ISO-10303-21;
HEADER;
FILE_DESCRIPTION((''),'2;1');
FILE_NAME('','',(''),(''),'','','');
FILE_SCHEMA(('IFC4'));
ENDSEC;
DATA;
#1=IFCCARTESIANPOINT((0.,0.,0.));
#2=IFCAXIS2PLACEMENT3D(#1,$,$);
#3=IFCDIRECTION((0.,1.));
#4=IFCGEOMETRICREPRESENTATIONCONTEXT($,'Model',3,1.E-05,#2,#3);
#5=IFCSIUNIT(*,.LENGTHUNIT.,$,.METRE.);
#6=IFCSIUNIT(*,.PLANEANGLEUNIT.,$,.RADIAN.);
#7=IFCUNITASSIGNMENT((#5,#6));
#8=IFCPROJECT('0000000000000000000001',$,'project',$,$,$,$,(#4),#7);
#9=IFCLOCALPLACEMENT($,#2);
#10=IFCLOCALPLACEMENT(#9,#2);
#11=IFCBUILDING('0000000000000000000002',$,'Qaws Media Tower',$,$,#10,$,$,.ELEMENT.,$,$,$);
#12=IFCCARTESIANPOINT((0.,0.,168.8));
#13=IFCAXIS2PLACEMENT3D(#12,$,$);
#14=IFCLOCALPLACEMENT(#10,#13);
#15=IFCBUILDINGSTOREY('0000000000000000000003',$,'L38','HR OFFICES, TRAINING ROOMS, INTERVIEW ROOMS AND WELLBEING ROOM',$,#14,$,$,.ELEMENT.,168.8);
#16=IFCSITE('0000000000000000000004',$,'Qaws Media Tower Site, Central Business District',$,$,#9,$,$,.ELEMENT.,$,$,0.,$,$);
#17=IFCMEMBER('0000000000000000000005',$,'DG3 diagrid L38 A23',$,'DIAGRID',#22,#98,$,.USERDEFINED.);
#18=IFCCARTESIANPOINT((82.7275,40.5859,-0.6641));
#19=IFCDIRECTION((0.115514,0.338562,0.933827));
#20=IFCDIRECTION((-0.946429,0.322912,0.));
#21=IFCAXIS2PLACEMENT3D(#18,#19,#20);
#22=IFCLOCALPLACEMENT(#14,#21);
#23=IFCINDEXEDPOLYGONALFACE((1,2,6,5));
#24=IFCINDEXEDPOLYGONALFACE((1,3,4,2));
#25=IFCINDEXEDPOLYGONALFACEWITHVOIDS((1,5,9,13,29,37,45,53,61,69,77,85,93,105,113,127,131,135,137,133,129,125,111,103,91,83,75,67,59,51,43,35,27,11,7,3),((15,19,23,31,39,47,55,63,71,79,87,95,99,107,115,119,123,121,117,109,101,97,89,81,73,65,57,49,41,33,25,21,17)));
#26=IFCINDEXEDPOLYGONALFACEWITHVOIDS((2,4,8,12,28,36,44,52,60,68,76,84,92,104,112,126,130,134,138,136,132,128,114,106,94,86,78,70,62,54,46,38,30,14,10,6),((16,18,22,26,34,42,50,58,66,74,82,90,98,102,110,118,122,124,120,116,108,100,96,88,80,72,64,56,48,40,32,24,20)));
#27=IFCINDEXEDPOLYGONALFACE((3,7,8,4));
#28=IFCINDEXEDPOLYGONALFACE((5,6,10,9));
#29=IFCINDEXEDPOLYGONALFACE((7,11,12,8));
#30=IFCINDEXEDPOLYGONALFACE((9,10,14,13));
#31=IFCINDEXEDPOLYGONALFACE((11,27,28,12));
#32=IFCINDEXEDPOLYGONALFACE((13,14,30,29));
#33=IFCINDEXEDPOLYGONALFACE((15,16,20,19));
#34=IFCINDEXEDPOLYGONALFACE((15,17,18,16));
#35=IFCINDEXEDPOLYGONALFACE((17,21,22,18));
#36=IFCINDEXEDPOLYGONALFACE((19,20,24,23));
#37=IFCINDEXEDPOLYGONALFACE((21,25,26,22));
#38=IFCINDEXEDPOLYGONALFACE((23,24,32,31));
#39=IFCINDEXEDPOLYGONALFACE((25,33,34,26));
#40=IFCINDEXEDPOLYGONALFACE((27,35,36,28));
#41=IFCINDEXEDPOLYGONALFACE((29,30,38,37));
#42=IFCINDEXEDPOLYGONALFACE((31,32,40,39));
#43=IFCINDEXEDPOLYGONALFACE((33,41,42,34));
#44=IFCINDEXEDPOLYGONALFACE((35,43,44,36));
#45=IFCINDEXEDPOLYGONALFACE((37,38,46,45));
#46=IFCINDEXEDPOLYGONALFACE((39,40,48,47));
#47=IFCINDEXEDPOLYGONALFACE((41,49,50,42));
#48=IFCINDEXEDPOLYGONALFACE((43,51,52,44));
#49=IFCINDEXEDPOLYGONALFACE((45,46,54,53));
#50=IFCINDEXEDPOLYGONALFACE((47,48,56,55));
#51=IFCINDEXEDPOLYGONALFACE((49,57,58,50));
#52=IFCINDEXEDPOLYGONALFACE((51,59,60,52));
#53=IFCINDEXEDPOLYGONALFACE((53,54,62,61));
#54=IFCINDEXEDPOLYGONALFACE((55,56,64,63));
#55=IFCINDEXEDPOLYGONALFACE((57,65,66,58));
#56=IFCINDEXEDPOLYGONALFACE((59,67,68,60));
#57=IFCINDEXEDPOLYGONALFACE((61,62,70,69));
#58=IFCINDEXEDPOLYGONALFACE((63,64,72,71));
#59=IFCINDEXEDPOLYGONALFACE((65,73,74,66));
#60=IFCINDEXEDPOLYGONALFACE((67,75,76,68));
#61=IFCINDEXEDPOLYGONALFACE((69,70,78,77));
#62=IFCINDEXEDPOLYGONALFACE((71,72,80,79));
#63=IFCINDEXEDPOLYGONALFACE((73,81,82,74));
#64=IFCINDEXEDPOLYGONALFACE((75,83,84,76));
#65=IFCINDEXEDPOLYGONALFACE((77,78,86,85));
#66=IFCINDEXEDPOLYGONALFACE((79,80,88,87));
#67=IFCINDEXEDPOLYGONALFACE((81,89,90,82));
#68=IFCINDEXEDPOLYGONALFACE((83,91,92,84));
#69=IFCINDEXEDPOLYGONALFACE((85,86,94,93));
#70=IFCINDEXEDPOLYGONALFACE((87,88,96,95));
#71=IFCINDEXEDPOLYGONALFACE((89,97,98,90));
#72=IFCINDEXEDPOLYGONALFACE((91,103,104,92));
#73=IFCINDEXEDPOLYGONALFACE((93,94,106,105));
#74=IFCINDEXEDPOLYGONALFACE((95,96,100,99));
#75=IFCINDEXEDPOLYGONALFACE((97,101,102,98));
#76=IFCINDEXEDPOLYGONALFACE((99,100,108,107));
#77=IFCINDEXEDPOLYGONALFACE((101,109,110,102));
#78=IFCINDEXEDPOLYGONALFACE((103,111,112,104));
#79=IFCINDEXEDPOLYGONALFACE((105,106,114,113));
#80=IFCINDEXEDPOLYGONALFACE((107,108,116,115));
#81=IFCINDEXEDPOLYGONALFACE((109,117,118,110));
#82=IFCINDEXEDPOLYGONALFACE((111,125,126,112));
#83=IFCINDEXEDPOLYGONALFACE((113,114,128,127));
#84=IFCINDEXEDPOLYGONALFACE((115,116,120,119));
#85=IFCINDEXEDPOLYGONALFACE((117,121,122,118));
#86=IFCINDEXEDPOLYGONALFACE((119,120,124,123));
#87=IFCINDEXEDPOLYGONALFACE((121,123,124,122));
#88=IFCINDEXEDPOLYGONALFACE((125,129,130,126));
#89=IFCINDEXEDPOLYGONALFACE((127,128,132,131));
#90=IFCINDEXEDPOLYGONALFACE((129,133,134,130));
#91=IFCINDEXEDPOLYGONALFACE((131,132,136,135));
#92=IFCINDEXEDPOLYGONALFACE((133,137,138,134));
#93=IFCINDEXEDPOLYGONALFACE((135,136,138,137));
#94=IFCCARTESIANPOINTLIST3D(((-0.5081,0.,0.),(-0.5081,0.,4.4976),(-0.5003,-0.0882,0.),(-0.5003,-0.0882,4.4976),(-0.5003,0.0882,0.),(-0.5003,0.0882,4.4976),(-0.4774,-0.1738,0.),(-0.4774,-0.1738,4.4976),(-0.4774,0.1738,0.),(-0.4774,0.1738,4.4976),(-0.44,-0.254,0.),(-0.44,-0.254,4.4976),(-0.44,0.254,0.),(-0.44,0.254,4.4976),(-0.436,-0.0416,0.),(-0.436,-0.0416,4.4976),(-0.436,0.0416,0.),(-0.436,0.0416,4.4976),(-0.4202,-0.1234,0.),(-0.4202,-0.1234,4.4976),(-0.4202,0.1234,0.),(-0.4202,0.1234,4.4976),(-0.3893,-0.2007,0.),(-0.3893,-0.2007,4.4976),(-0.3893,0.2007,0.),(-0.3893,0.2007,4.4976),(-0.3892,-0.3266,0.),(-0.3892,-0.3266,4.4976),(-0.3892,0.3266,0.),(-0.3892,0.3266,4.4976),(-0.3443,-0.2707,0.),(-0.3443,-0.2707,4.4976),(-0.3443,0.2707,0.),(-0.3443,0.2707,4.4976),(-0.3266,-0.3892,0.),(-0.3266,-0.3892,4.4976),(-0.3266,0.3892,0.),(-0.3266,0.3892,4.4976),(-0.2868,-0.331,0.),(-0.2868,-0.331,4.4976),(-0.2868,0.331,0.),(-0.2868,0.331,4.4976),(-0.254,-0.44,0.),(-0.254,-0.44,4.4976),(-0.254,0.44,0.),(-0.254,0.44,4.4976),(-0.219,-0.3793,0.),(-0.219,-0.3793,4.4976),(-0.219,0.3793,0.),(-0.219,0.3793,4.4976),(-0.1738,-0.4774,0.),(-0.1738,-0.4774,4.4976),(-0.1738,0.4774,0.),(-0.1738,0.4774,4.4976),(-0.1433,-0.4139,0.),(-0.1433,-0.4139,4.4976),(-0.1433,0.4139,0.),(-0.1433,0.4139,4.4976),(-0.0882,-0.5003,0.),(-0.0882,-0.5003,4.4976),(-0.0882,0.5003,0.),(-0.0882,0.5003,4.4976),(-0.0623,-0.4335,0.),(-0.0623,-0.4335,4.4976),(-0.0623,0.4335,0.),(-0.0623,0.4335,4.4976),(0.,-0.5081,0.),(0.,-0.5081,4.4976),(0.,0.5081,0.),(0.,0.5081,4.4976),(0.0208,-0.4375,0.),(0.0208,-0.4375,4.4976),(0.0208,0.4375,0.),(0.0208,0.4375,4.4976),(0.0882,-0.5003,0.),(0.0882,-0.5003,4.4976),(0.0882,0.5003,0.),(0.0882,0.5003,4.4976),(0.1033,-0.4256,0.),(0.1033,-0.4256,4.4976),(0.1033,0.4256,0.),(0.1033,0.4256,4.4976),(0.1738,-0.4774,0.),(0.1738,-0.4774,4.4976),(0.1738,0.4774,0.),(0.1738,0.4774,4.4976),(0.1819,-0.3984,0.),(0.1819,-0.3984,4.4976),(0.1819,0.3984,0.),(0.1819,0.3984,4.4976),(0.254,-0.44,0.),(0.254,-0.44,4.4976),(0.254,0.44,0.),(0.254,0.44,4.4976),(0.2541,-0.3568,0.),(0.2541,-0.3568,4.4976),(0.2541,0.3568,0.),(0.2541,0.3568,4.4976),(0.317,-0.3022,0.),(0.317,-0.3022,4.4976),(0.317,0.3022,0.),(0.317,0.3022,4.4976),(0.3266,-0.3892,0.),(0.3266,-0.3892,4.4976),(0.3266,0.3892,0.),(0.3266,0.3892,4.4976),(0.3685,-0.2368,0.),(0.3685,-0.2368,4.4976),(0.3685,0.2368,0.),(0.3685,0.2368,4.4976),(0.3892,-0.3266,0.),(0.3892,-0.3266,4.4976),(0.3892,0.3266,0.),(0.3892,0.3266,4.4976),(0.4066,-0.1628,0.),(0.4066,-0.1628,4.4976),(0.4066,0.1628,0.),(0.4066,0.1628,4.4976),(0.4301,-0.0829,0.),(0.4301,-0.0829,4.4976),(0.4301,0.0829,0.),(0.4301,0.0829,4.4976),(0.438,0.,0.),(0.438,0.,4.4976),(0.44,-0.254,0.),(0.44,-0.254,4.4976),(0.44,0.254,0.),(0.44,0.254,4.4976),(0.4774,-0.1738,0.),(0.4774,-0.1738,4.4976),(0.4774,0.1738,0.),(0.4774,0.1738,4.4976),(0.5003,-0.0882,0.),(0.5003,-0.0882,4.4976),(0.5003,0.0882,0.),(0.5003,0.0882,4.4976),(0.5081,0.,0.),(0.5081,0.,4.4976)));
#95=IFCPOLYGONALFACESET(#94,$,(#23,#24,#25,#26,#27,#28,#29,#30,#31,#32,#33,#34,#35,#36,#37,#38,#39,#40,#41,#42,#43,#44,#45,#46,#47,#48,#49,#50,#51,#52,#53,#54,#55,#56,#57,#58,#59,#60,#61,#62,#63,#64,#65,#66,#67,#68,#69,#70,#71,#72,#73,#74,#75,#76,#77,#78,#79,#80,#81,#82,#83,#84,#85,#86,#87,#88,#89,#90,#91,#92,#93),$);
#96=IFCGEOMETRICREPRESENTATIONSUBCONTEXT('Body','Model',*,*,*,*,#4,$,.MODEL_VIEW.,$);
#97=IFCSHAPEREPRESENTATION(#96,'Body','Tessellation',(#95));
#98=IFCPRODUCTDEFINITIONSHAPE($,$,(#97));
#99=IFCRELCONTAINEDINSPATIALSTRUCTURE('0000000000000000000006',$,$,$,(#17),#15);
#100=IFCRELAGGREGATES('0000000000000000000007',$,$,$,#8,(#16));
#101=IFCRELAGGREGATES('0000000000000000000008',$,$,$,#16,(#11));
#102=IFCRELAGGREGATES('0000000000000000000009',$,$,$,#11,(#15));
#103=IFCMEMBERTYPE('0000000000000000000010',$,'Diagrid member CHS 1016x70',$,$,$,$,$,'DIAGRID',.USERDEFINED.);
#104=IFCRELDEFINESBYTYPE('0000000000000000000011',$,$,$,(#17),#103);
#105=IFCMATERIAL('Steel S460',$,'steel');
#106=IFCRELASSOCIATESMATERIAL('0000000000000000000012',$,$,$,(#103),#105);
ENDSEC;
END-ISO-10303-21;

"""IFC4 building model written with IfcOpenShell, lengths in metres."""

from ifc_helpers import new_model, si_unit, direction, frame, origin, origin_2d, place, context, subcontext, project, spatial, hollow_circle, extrude, material, material_profile, profile_set, type_object, element, save


model = new_model("IFC4")

# Units and contexts
model_context = context("Model", 3, precision=1e-05, world=origin(), true_north=direction((0.0, 1.0)))
body_context = subcontext(model_context, "Body", "Model", "MODEL_VIEW")
ifc_project = project(units=[si_unit("LENGTHUNIT", "METRE"), si_unit("PLANEANGLEUNIT", "RADIAN")], contexts=[model_context])

# Site, building, storey
site_placement = place(None, origin())
site = spatial("IfcSite", under=ifc_project, at=site_placement, Name="Qaws Media Tower Site, Central Business District", CompositionType="ELEMENT", RefElevation=0.0)
building_placement = place(site_placement, origin())
building = spatial("IfcBuilding", under=site, at=building_placement, Name="Qaws Media Tower", CompositionType="ELEMENT")
storey_placement = place(building_placement, frame((0.0, 0.0, 168.8)))
storey = spatial("IfcBuildingStorey", under=building, at=storey_placement, Name="L38", Description="HR OFFICES, TRAINING ROOMS, INTERVIEW ROOMS AND WELLBEING ROOM", CompositionType="ELEMENT", Elevation=168.8)

# Member
ifc_material_1 = material(Name="Steel S460", Category="steel")
ifc_material_profile_1 = material_profile(ifc_material_1, hollow_circle(Radius=0.5081, WallThickness=0.0701, at=origin_2d()), Name="CHS 1016x70")
ifc_profile_set_1 = profile_set([ifc_material_profile_1], Name="Steel S460")
member_type_1 = type_object("IfcMemberType", Name="Diagrid member CHS 1016x70", ElementType="DIAGRID", PredefinedType="USERDEFINED", material=ifc_profile_set_1)
for number, where, z_axis, x_axis, name in (
    (1, (82.7275, 40.5859, -0.6641), (0.115514, 0.338562, 0.933827), (-0.946429, 0.322912, 0.0), "DG3 diagrid L38 A23"),
):
    element("IfcMember", number, at=place(storey_placement, frame(where, z_axis=z_axis, x_axis=x_axis)), inside=storey, type_object=member_type_1, Name=name, ObjectType="DIAGRID", PredefinedType="USERDEFINED", context=body_context, shape_type="SweptSolid", body=[
        extrude(hollow_circle(Radius=0.5081, WallThickness=0.0701, at=origin_2d()), origin(), (0.0, 0.0, 1.0), 4.4976),
    ])

save(model, "model.ifc")
